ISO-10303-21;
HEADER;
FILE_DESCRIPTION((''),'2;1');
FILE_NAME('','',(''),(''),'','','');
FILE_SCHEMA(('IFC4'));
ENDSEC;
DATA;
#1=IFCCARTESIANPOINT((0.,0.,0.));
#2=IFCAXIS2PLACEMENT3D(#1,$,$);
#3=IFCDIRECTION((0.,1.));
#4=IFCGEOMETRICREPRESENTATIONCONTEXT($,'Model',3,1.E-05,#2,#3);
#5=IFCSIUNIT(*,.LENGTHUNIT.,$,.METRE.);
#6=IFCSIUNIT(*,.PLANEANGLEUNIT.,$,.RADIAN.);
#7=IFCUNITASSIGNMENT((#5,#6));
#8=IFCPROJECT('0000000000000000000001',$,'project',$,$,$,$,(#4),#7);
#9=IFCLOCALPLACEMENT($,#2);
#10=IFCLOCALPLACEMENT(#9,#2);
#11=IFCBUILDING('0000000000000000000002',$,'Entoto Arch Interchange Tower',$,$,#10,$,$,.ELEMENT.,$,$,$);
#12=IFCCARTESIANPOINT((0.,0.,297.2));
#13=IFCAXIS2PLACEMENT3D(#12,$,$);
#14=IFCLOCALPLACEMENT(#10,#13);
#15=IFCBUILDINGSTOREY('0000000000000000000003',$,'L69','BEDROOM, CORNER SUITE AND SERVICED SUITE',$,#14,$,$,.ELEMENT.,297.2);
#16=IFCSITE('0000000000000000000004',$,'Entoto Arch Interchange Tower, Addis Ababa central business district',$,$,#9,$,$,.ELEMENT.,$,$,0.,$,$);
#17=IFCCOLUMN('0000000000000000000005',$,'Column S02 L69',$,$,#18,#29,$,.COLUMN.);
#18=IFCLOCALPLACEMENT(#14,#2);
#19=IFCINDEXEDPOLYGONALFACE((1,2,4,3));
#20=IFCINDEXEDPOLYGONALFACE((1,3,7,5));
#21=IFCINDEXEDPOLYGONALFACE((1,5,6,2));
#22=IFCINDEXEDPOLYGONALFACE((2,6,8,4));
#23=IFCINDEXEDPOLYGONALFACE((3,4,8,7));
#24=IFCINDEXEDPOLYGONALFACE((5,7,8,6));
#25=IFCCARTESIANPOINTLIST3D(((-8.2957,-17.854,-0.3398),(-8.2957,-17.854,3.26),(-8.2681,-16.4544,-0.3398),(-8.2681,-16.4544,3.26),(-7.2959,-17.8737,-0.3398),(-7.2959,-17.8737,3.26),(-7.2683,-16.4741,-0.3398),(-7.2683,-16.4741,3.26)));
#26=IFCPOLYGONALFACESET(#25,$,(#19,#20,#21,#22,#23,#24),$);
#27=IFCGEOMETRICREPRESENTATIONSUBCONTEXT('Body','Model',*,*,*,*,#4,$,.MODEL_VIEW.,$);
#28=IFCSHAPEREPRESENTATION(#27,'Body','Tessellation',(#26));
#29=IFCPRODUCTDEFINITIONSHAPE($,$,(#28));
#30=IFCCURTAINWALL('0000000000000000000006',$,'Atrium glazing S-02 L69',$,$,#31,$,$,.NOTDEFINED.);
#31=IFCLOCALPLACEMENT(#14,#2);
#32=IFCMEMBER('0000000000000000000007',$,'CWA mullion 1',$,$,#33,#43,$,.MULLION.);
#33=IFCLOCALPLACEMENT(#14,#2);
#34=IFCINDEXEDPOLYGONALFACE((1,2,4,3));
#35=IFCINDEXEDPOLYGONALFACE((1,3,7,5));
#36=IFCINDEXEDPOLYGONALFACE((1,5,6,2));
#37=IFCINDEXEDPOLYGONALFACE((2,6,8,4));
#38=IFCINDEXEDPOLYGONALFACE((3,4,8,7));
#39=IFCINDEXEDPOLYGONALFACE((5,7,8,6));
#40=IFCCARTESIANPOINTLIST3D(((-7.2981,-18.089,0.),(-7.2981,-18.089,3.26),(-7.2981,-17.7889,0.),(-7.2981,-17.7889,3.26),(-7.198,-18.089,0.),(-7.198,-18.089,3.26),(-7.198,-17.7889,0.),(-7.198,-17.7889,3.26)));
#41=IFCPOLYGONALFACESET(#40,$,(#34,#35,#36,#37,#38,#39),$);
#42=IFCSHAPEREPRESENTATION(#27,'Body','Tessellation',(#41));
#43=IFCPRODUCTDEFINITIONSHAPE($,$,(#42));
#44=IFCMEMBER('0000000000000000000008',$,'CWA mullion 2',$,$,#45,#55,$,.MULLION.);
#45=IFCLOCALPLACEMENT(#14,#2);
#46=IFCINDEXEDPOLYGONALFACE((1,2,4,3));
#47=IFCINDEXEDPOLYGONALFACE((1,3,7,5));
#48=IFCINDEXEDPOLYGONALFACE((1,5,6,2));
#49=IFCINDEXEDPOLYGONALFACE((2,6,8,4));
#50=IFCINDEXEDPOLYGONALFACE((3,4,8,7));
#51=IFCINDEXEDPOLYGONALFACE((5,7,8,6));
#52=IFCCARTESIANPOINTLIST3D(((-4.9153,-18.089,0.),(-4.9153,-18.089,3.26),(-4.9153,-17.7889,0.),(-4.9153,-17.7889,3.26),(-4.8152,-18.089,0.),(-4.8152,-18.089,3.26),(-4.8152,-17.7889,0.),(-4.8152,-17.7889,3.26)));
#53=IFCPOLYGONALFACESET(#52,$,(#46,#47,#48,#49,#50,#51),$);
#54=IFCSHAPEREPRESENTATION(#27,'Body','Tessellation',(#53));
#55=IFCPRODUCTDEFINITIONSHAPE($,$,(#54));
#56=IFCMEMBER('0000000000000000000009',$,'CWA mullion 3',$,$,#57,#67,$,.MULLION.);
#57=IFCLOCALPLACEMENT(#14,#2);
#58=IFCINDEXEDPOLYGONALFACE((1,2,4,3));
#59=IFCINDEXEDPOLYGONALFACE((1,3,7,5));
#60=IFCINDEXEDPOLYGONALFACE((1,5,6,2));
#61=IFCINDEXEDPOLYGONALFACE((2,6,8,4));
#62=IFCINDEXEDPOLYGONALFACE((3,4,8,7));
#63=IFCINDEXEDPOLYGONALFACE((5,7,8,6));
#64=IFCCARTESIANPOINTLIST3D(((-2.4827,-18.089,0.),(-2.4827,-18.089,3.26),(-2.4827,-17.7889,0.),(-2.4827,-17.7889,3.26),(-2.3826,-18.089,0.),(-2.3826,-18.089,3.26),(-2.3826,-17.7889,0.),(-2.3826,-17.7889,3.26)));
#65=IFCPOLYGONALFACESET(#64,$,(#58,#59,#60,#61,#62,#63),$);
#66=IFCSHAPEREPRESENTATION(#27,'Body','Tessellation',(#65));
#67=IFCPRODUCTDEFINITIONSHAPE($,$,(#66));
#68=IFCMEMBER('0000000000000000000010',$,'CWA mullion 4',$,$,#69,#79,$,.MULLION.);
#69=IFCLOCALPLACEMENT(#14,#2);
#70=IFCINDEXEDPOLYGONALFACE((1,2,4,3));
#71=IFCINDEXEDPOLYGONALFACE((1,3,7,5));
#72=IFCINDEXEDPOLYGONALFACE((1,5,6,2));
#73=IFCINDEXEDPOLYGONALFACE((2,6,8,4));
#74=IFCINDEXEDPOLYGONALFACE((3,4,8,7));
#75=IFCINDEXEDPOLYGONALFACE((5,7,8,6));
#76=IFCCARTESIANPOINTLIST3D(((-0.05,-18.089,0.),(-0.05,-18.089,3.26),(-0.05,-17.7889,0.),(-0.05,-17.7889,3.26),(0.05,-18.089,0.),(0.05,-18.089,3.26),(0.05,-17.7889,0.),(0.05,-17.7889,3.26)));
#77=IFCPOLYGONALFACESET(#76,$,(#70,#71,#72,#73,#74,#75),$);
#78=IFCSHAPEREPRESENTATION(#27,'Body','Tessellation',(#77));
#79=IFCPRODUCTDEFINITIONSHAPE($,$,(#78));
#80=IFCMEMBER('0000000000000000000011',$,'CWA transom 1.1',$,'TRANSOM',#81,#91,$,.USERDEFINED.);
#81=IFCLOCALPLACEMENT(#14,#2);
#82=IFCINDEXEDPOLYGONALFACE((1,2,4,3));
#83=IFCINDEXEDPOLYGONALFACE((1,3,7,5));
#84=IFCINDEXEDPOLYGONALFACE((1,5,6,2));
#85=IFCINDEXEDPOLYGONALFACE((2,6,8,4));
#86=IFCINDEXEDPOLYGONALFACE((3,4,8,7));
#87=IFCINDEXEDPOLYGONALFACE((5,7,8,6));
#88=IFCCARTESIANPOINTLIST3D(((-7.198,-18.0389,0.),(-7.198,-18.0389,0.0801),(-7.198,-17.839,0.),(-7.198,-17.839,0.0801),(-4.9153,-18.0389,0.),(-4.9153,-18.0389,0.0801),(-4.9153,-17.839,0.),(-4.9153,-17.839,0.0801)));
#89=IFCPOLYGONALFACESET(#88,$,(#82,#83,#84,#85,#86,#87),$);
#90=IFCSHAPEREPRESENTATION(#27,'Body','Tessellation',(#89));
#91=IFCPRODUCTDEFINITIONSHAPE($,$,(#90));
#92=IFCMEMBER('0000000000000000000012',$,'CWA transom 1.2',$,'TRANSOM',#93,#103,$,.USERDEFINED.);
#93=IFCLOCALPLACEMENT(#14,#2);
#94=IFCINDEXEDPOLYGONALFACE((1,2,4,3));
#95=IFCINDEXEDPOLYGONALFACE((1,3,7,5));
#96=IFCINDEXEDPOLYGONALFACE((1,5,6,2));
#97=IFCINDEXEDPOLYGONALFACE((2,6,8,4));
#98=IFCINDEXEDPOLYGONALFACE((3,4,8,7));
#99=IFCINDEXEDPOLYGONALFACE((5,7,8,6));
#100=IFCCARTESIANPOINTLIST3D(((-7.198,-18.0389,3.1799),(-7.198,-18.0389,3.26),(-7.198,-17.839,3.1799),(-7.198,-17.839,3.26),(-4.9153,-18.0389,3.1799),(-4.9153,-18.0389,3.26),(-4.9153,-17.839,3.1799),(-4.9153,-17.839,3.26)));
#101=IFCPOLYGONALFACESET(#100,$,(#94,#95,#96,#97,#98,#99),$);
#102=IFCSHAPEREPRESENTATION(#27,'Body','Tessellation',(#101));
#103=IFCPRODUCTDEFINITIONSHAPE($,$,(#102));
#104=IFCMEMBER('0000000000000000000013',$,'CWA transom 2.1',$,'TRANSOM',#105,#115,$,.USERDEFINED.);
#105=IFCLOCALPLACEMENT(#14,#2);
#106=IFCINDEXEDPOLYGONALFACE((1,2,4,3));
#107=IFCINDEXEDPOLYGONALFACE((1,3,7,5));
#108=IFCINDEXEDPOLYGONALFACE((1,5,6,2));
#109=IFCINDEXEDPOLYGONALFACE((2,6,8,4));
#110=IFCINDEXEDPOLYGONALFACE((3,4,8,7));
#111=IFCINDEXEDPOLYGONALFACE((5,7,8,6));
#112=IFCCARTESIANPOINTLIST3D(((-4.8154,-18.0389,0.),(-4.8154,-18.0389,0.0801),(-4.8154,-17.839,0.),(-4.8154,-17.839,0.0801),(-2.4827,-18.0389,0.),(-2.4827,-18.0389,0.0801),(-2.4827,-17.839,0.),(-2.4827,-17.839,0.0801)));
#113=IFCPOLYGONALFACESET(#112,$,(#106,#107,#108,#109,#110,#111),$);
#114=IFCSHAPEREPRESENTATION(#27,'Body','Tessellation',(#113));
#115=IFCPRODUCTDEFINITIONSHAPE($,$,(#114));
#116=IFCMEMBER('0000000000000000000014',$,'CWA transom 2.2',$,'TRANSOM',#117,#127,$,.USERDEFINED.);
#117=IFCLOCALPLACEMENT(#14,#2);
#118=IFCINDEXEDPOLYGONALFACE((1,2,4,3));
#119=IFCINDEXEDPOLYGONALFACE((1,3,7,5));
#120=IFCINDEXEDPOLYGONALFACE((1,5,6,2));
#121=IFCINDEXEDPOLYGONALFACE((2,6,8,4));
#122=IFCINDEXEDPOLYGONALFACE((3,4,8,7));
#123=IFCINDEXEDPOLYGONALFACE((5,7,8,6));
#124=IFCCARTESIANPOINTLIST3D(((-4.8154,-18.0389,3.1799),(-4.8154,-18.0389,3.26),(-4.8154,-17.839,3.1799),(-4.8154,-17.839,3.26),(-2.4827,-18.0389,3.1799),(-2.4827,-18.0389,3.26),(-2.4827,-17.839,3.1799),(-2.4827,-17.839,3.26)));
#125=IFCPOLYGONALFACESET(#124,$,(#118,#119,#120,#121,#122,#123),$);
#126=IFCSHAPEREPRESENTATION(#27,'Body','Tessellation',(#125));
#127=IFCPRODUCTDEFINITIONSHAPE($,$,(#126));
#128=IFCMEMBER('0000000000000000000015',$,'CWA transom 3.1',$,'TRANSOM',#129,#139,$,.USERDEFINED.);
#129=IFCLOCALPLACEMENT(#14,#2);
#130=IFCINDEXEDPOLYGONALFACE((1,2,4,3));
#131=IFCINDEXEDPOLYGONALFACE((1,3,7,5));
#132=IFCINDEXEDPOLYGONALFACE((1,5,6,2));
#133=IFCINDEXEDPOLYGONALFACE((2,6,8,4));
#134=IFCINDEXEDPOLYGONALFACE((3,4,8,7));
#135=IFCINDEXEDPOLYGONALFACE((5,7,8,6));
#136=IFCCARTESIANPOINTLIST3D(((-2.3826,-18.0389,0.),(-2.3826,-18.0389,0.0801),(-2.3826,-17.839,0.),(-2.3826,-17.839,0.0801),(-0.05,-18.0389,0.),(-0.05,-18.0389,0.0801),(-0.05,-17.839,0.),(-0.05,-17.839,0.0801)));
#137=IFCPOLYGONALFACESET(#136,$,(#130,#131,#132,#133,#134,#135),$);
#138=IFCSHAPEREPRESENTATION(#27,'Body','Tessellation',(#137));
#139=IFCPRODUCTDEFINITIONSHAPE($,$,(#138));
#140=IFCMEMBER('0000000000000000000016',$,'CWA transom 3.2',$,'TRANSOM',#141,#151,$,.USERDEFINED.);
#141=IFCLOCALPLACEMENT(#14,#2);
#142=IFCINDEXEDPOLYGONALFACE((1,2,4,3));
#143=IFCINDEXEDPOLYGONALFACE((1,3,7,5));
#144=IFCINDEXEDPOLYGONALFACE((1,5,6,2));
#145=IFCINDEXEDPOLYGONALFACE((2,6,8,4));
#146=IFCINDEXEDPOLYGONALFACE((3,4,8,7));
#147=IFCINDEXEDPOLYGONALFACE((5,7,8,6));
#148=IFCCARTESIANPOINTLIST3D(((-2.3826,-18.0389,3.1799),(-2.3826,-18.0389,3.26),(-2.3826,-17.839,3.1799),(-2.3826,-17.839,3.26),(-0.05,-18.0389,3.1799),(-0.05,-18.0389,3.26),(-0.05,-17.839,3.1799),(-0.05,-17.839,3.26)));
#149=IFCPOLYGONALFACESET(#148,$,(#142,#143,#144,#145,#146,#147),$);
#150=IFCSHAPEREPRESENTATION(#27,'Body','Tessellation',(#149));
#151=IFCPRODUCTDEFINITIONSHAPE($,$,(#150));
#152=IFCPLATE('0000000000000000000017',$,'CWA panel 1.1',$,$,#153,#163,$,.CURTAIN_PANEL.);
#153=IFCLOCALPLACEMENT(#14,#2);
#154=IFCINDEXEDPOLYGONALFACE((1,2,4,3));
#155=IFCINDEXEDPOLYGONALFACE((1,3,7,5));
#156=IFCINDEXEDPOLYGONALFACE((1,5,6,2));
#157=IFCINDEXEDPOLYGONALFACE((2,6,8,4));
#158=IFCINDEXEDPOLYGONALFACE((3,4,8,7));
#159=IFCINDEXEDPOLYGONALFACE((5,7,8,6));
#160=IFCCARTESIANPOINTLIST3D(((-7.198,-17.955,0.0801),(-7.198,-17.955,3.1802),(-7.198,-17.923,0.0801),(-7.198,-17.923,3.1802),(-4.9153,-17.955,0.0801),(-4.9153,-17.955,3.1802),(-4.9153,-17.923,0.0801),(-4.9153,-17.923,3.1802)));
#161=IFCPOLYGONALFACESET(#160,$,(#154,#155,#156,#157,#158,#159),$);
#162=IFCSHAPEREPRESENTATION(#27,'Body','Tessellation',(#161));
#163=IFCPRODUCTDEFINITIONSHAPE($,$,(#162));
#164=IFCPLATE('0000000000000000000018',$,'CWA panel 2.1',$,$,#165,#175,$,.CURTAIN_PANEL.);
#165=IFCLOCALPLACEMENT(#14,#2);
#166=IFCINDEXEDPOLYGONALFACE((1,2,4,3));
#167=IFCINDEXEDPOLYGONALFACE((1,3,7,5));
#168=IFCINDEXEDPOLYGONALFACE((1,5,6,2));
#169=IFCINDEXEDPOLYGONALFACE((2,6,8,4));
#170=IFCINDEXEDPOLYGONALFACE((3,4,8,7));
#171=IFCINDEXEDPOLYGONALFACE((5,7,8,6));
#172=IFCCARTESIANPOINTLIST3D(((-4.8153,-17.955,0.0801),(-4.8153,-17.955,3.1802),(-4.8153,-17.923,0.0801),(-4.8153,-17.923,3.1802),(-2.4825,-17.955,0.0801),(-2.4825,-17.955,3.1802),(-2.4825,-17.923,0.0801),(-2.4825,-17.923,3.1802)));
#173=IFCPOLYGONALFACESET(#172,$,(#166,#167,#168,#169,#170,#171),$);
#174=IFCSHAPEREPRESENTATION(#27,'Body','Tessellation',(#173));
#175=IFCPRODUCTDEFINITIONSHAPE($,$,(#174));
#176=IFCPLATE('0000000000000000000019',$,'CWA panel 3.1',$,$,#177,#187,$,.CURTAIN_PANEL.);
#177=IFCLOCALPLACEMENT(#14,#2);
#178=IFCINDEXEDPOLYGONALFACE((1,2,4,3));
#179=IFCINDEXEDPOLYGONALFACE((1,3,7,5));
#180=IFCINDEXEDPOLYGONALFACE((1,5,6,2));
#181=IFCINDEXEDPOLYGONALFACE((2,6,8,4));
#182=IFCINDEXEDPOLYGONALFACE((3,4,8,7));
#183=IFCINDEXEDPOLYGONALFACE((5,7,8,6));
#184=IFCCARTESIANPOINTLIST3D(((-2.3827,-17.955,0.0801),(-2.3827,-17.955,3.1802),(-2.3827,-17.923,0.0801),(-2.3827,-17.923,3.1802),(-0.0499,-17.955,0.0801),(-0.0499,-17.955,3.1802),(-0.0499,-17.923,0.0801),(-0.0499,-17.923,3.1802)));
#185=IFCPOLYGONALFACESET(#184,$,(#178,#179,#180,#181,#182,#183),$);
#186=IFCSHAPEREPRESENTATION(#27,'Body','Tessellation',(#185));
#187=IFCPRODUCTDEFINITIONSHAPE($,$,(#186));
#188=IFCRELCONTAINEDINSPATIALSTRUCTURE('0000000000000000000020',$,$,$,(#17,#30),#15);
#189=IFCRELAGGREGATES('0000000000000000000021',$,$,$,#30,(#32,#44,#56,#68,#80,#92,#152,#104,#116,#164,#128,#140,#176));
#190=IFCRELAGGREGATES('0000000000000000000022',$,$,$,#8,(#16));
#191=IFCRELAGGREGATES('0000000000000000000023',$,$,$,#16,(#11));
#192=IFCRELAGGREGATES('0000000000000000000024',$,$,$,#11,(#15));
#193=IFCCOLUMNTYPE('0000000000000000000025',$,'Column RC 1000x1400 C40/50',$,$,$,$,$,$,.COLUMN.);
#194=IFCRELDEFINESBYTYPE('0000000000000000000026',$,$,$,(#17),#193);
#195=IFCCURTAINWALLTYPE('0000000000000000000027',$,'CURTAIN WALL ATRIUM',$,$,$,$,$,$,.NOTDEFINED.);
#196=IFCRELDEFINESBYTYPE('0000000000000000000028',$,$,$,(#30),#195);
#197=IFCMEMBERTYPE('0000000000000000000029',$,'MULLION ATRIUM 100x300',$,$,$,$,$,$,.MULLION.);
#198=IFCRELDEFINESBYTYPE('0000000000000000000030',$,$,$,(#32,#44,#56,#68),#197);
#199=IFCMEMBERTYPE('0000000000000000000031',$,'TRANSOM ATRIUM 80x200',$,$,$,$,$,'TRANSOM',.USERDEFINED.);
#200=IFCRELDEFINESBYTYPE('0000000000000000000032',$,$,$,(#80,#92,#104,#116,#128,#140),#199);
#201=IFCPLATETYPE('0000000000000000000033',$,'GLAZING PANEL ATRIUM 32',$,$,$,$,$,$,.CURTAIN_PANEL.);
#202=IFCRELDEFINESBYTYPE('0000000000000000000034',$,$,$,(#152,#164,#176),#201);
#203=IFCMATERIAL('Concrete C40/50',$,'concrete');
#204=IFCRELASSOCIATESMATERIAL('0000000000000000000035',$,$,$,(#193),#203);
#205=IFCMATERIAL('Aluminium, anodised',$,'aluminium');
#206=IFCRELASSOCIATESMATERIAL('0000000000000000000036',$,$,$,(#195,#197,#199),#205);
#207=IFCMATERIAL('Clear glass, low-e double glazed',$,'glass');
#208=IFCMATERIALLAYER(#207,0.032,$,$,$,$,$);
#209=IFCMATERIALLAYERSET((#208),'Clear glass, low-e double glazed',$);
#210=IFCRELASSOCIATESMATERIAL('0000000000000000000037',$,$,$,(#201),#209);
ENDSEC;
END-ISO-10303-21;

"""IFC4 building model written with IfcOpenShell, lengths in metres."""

from ifc_helpers import new_model, si_unit, direction, frame, origin, origin_2d, place, context, subcontext, project, spatial, rectangle, extrude, material, layer, layer_set, material_profile, profile_set, type_object, element, aggregate, save


model = new_model("IFC4")

# Units and contexts
model_context = context("Model", 3, precision=1e-05, world=origin(), true_north=direction((0.0, 1.0)))
body_context = subcontext(model_context, "Body", "Model", "MODEL_VIEW")
ifc_project = project(units=[si_unit("LENGTHUNIT", "METRE"), si_unit("PLANEANGLEUNIT", "RADIAN")], contexts=[model_context])

# Site, building, storey
site_placement = place(None, origin())
site = spatial("IfcSite", under=ifc_project, at=site_placement, Name="Entoto Arch Interchange Tower, Addis Ababa central business district", CompositionType="ELEMENT", RefElevation=0.0)
building_placement = place(site_placement, origin())
building = spatial("IfcBuilding", under=site, at=building_placement, Name="Entoto Arch Interchange Tower", CompositionType="ELEMENT")
storey_placement = place(building_placement, frame((0.0, 0.0, 297.2)))
storey = spatial("IfcBuildingStorey", under=building, at=storey_placement, Name="L69", Description="BEDROOM, CORNER SUITE AND SERVICED SUITE", CompositionType="ELEMENT", Elevation=297.2)

# Column
ifc_material_1 = material(Name="Concrete C40/50", Category="concrete")
ifc_material_profile_1 = material_profile(ifc_material_1, rectangle(XDim=1.0, YDim=1.3999, at=origin_2d()))
ifc_profile_set_1 = profile_set([ifc_material_profile_1], Name="Concrete C40/50")
column_type = type_object("IfcColumnType", Name="Column RC 1000x1400 C40/50", PredefinedType="COLUMN", material=ifc_profile_set_1)
column_placement = place(storey_placement, frame((-7.782, -17.1641, -0.3398), z_axis=(0.0, 0.0, 1.0), x_axis=(-0.999806, 0.019721, 0.0)))
element("IfcColumn", 1, at=column_placement, inside=storey, type_object=column_type, Name="Column S02 L69", PredefinedType="COLUMN", context=body_context, shape_type="SweptSolid", body=[
    extrude(rectangle(XDim=1.0, YDim=1.3999, at=origin_2d()), origin(), (0.0, 0.0, 1.0), 3.5999),
])

# Curtain wall, members, plates
ifc_material_2 = material(Name="Aluminium, anodised", Category="aluminium")
curtain_wall_type = type_object("IfcCurtainWallType", Name="CURTAIN WALL ATRIUM", PredefinedType="NOTDEFINED", material=ifc_material_2)
curtain_wall_placement = place(storey_placement, origin())
curtain_wall = element("IfcCurtainWall", 2, at=curtain_wall_placement, inside=storey, type_object=curtain_wall_type, Name="Atrium glazing S-02 L69", PredefinedType="NOTDEFINED")
ifc_material_profile_2 = material_profile(ifc_material_2, rectangle(XDim=0.3, YDim=0.1001, at=origin_2d()))
ifc_profile_set_2 = profile_set([ifc_material_profile_2], Name="Aluminium, anodised")
member_type_1 = type_object("IfcMemberType", Name="MULLION ATRIUM 100x300", PredefinedType="MULLION", material=ifc_profile_set_2)
member_1_placement = place(storey_placement, frame((-7.248, -17.939, 0.0), z_axis=(0.0, 0.0, 1.0), x_axis=(0.0, 1.0, 0.0)))
member_1 = element("IfcMember", 3, at=member_1_placement, type_object=member_type_1, Name="CWA mullion 1", PredefinedType="MULLION", context=body_context, shape_type="SweptSolid", body=[
    extrude(rectangle(XDim=0.3, YDim=0.1001, at=origin_2d()), origin(), (0.0, 0.0, 1.0), 3.26),
])
member_2_placement = place(storey_placement, frame((-4.8652, -17.939, 0.0), z_axis=(0.0, 0.0, 1.0), x_axis=(0.0, 1.0, 0.0)))
member_2 = element("IfcMember", 4, at=member_2_placement, type_object=member_type_1, Name="CWA mullion 2", PredefinedType="MULLION", context=body_context, shape_type="SweptSolid", body=[
    extrude(rectangle(XDim=0.3, YDim=0.1001, at=origin_2d()), origin(), (0.0, 0.0, 1.0), 3.26),
])
member_3_placement = place(storey_placement, frame((-2.4326, -17.939, 0.0), z_axis=(0.0, 0.0, 1.0), x_axis=(0.0, 1.0, 0.0)))
member_3 = element("IfcMember", 5, at=member_3_placement, type_object=member_type_1, Name="CWA mullion 3", PredefinedType="MULLION", context=body_context, shape_type="SweptSolid", body=[
    extrude(rectangle(XDim=0.3, YDim=0.1001, at=origin_2d()), origin(), (0.0, 0.0, 1.0), 3.26),
])
member_4_placement = place(storey_placement, frame((0.0, -17.939, 0.0), z_axis=(0.0, 0.0, 1.0), x_axis=(0.0, 1.0, 0.0)))
member_4 = element("IfcMember", 6, at=member_4_placement, type_object=member_type_1, Name="CWA mullion 4", PredefinedType="MULLION", context=body_context, shape_type="SweptSolid", body=[
    extrude(rectangle(XDim=0.3, YDim=0.1001, at=origin_2d()), origin(), (0.0, 0.0, 1.0), 3.26),
])
ifc_material_profile_3 = material_profile(ifc_material_2, rectangle(XDim=0.2, YDim=0.0801, at=origin_2d()))
ifc_profile_set_3 = profile_set([ifc_material_profile_3], Name="Aluminium, anodised")
member_type_2 = type_object("IfcMemberType", Name="TRANSOM ATRIUM 80x200", ElementType="TRANSOM", PredefinedType="USERDEFINED", material=ifc_profile_set_3)
member_5_placement = place(storey_placement, frame((-7.198, -17.939, 0.04), z_axis=(1.0, 0.0, 0.0), x_axis=(0.0, 1.0, 0.0)))
member_5 = element("IfcMember", 7, at=member_5_placement, type_object=member_type_2, Name="CWA transom 1.1", ObjectType="TRANSOM", PredefinedType="USERDEFINED", context=body_context, shape_type="SweptSolid", body=[
    extrude(rectangle(XDim=0.2, YDim=0.0801, at=origin_2d()), origin(), (0.0, 0.0, 1.0), 2.2827),
])
member_6_placement = place(storey_placement, frame((-7.198, -17.939, 3.22), z_axis=(1.0, 0.0, 0.0), x_axis=(0.0, 1.0, 0.0)))
member_6 = element("IfcMember", 8, at=member_6_placement, type_object=member_type_2, Name="CWA transom 1.2", ObjectType="TRANSOM", PredefinedType="USERDEFINED", context=body_context, shape_type="SweptSolid", body=[
    extrude(rectangle(XDim=0.2, YDim=0.0801, at=origin_2d()), origin(), (0.0, 0.0, 1.0), 2.2827),
])
member_7_placement = place(storey_placement, frame((-4.8154, -17.939, 0.04), z_axis=(1.0, 0.0, 0.0), x_axis=(0.0, 1.0, 0.0)))
member_7 = element("IfcMember", 9, at=member_7_placement, type_object=member_type_2, Name="CWA transom 2.1", ObjectType="TRANSOM", PredefinedType="USERDEFINED", context=body_context, shape_type="SweptSolid", body=[
    extrude(rectangle(XDim=0.2, YDim=0.0801, at=origin_2d()), origin(), (0.0, 0.0, 1.0), 2.3328),
])
member_8_placement = place(storey_placement, frame((-4.8154, -17.939, 3.22), z_axis=(1.0, 0.0, 0.0), x_axis=(0.0, 1.0, 0.0)))
member_8 = element("IfcMember", 10, at=member_8_placement, type_object=member_type_2, Name="CWA transom 2.2", ObjectType="TRANSOM", PredefinedType="USERDEFINED", context=body_context, shape_type="SweptSolid", body=[
    extrude(rectangle(XDim=0.2, YDim=0.0801, at=origin_2d()), origin(), (0.0, 0.0, 1.0), 2.3328),
])
member_9_placement = place(storey_placement, frame((-2.3826, -17.939, 0.04), z_axis=(1.0, 0.0, 0.0), x_axis=(0.0, 1.0, 0.0)))
member_9 = element("IfcMember", 11, at=member_9_placement, type_object=member_type_2, Name="CWA transom 3.1", ObjectType="TRANSOM", PredefinedType="USERDEFINED", context=body_context, shape_type="SweptSolid", body=[
    extrude(rectangle(XDim=0.2, YDim=0.0801, at=origin_2d()), origin(), (0.0, 0.0, 1.0), 2.3325),
])
member_10_placement = place(storey_placement, frame((-2.3826, -17.939, 3.22), z_axis=(1.0, 0.0, 0.0), x_axis=(0.0, 1.0, 0.0)))
member_10 = element("IfcMember", 12, at=member_10_placement, type_object=member_type_2, Name="CWA transom 3.2", ObjectType="TRANSOM", PredefinedType="USERDEFINED", context=body_context, shape_type="SweptSolid", body=[
    extrude(rectangle(XDim=0.2, YDim=0.0801, at=origin_2d()), origin(), (0.0, 0.0, 1.0), 2.3325),
])
ifc_material_3 = material(Name="Clear glass, low-e double glazed", Category="glass")
ifc_layer_1 = layer(ifc_material_3, 0.032)
ifc_layer_set_1 = layer_set([ifc_layer_1], Name="Clear glass, low-e double glazed")
plate_type = type_object("IfcPlateType", Name="GLAZING PANEL ATRIUM 32", PredefinedType="CURTAIN_PANEL", material=ifc_layer_set_1)
plate_1_placement = place(storey_placement, frame((-6.0566, -17.939, 0.0801), z_axis=(0.0, 0.0, 1.0), x_axis=(1.0, 0.0, 0.0)))
plate_1 = element("IfcPlate", 13, at=plate_1_placement, type_object=plate_type, Name="CWA panel 1.1", PredefinedType="CURTAIN_PANEL", context=body_context, shape_type="SweptSolid", body=[
    extrude(rectangle(XDim=2.2827, YDim=0.032, at=origin_2d()), origin(), (0.0, 0.0, 1.0), 3.1001),
])
plate_2_placement = place(storey_placement, frame((-3.6489, -17.939, 0.0801), z_axis=(0.0, 0.0, 1.0), x_axis=(1.0, 0.0, 0.0)))
plate_2 = element("IfcPlate", 14, at=plate_2_placement, type_object=plate_type, Name="CWA panel 2.1", PredefinedType="CURTAIN_PANEL", context=body_context, shape_type="SweptSolid", body=[
    extrude(rectangle(XDim=2.3328, YDim=0.032, at=origin_2d()), origin(), (0.0, 0.0, 1.0), 3.1001),
])
plate_3_placement = place(storey_placement, frame((-1.2163, -17.939, 0.0801), z_axis=(0.0, 0.0, 1.0), x_axis=(1.0, 0.0, 0.0)))
plate_3 = element("IfcPlate", 15, at=plate_3_placement, type_object=plate_type, Name="CWA panel 3.1", PredefinedType="CURTAIN_PANEL", context=body_context, shape_type="SweptSolid", body=[
    extrude(rectangle(XDim=2.3328, YDim=0.032, at=origin_2d()), origin(), (0.0, 0.0, 1.0), 3.1001),
])
aggregate(curtain_wall, [member_1, member_2, member_3, member_4, member_5, member_6, plate_1, member_7, member_8, plate_2, member_9, member_10, plate_3])

save(model, "model.ifc")
